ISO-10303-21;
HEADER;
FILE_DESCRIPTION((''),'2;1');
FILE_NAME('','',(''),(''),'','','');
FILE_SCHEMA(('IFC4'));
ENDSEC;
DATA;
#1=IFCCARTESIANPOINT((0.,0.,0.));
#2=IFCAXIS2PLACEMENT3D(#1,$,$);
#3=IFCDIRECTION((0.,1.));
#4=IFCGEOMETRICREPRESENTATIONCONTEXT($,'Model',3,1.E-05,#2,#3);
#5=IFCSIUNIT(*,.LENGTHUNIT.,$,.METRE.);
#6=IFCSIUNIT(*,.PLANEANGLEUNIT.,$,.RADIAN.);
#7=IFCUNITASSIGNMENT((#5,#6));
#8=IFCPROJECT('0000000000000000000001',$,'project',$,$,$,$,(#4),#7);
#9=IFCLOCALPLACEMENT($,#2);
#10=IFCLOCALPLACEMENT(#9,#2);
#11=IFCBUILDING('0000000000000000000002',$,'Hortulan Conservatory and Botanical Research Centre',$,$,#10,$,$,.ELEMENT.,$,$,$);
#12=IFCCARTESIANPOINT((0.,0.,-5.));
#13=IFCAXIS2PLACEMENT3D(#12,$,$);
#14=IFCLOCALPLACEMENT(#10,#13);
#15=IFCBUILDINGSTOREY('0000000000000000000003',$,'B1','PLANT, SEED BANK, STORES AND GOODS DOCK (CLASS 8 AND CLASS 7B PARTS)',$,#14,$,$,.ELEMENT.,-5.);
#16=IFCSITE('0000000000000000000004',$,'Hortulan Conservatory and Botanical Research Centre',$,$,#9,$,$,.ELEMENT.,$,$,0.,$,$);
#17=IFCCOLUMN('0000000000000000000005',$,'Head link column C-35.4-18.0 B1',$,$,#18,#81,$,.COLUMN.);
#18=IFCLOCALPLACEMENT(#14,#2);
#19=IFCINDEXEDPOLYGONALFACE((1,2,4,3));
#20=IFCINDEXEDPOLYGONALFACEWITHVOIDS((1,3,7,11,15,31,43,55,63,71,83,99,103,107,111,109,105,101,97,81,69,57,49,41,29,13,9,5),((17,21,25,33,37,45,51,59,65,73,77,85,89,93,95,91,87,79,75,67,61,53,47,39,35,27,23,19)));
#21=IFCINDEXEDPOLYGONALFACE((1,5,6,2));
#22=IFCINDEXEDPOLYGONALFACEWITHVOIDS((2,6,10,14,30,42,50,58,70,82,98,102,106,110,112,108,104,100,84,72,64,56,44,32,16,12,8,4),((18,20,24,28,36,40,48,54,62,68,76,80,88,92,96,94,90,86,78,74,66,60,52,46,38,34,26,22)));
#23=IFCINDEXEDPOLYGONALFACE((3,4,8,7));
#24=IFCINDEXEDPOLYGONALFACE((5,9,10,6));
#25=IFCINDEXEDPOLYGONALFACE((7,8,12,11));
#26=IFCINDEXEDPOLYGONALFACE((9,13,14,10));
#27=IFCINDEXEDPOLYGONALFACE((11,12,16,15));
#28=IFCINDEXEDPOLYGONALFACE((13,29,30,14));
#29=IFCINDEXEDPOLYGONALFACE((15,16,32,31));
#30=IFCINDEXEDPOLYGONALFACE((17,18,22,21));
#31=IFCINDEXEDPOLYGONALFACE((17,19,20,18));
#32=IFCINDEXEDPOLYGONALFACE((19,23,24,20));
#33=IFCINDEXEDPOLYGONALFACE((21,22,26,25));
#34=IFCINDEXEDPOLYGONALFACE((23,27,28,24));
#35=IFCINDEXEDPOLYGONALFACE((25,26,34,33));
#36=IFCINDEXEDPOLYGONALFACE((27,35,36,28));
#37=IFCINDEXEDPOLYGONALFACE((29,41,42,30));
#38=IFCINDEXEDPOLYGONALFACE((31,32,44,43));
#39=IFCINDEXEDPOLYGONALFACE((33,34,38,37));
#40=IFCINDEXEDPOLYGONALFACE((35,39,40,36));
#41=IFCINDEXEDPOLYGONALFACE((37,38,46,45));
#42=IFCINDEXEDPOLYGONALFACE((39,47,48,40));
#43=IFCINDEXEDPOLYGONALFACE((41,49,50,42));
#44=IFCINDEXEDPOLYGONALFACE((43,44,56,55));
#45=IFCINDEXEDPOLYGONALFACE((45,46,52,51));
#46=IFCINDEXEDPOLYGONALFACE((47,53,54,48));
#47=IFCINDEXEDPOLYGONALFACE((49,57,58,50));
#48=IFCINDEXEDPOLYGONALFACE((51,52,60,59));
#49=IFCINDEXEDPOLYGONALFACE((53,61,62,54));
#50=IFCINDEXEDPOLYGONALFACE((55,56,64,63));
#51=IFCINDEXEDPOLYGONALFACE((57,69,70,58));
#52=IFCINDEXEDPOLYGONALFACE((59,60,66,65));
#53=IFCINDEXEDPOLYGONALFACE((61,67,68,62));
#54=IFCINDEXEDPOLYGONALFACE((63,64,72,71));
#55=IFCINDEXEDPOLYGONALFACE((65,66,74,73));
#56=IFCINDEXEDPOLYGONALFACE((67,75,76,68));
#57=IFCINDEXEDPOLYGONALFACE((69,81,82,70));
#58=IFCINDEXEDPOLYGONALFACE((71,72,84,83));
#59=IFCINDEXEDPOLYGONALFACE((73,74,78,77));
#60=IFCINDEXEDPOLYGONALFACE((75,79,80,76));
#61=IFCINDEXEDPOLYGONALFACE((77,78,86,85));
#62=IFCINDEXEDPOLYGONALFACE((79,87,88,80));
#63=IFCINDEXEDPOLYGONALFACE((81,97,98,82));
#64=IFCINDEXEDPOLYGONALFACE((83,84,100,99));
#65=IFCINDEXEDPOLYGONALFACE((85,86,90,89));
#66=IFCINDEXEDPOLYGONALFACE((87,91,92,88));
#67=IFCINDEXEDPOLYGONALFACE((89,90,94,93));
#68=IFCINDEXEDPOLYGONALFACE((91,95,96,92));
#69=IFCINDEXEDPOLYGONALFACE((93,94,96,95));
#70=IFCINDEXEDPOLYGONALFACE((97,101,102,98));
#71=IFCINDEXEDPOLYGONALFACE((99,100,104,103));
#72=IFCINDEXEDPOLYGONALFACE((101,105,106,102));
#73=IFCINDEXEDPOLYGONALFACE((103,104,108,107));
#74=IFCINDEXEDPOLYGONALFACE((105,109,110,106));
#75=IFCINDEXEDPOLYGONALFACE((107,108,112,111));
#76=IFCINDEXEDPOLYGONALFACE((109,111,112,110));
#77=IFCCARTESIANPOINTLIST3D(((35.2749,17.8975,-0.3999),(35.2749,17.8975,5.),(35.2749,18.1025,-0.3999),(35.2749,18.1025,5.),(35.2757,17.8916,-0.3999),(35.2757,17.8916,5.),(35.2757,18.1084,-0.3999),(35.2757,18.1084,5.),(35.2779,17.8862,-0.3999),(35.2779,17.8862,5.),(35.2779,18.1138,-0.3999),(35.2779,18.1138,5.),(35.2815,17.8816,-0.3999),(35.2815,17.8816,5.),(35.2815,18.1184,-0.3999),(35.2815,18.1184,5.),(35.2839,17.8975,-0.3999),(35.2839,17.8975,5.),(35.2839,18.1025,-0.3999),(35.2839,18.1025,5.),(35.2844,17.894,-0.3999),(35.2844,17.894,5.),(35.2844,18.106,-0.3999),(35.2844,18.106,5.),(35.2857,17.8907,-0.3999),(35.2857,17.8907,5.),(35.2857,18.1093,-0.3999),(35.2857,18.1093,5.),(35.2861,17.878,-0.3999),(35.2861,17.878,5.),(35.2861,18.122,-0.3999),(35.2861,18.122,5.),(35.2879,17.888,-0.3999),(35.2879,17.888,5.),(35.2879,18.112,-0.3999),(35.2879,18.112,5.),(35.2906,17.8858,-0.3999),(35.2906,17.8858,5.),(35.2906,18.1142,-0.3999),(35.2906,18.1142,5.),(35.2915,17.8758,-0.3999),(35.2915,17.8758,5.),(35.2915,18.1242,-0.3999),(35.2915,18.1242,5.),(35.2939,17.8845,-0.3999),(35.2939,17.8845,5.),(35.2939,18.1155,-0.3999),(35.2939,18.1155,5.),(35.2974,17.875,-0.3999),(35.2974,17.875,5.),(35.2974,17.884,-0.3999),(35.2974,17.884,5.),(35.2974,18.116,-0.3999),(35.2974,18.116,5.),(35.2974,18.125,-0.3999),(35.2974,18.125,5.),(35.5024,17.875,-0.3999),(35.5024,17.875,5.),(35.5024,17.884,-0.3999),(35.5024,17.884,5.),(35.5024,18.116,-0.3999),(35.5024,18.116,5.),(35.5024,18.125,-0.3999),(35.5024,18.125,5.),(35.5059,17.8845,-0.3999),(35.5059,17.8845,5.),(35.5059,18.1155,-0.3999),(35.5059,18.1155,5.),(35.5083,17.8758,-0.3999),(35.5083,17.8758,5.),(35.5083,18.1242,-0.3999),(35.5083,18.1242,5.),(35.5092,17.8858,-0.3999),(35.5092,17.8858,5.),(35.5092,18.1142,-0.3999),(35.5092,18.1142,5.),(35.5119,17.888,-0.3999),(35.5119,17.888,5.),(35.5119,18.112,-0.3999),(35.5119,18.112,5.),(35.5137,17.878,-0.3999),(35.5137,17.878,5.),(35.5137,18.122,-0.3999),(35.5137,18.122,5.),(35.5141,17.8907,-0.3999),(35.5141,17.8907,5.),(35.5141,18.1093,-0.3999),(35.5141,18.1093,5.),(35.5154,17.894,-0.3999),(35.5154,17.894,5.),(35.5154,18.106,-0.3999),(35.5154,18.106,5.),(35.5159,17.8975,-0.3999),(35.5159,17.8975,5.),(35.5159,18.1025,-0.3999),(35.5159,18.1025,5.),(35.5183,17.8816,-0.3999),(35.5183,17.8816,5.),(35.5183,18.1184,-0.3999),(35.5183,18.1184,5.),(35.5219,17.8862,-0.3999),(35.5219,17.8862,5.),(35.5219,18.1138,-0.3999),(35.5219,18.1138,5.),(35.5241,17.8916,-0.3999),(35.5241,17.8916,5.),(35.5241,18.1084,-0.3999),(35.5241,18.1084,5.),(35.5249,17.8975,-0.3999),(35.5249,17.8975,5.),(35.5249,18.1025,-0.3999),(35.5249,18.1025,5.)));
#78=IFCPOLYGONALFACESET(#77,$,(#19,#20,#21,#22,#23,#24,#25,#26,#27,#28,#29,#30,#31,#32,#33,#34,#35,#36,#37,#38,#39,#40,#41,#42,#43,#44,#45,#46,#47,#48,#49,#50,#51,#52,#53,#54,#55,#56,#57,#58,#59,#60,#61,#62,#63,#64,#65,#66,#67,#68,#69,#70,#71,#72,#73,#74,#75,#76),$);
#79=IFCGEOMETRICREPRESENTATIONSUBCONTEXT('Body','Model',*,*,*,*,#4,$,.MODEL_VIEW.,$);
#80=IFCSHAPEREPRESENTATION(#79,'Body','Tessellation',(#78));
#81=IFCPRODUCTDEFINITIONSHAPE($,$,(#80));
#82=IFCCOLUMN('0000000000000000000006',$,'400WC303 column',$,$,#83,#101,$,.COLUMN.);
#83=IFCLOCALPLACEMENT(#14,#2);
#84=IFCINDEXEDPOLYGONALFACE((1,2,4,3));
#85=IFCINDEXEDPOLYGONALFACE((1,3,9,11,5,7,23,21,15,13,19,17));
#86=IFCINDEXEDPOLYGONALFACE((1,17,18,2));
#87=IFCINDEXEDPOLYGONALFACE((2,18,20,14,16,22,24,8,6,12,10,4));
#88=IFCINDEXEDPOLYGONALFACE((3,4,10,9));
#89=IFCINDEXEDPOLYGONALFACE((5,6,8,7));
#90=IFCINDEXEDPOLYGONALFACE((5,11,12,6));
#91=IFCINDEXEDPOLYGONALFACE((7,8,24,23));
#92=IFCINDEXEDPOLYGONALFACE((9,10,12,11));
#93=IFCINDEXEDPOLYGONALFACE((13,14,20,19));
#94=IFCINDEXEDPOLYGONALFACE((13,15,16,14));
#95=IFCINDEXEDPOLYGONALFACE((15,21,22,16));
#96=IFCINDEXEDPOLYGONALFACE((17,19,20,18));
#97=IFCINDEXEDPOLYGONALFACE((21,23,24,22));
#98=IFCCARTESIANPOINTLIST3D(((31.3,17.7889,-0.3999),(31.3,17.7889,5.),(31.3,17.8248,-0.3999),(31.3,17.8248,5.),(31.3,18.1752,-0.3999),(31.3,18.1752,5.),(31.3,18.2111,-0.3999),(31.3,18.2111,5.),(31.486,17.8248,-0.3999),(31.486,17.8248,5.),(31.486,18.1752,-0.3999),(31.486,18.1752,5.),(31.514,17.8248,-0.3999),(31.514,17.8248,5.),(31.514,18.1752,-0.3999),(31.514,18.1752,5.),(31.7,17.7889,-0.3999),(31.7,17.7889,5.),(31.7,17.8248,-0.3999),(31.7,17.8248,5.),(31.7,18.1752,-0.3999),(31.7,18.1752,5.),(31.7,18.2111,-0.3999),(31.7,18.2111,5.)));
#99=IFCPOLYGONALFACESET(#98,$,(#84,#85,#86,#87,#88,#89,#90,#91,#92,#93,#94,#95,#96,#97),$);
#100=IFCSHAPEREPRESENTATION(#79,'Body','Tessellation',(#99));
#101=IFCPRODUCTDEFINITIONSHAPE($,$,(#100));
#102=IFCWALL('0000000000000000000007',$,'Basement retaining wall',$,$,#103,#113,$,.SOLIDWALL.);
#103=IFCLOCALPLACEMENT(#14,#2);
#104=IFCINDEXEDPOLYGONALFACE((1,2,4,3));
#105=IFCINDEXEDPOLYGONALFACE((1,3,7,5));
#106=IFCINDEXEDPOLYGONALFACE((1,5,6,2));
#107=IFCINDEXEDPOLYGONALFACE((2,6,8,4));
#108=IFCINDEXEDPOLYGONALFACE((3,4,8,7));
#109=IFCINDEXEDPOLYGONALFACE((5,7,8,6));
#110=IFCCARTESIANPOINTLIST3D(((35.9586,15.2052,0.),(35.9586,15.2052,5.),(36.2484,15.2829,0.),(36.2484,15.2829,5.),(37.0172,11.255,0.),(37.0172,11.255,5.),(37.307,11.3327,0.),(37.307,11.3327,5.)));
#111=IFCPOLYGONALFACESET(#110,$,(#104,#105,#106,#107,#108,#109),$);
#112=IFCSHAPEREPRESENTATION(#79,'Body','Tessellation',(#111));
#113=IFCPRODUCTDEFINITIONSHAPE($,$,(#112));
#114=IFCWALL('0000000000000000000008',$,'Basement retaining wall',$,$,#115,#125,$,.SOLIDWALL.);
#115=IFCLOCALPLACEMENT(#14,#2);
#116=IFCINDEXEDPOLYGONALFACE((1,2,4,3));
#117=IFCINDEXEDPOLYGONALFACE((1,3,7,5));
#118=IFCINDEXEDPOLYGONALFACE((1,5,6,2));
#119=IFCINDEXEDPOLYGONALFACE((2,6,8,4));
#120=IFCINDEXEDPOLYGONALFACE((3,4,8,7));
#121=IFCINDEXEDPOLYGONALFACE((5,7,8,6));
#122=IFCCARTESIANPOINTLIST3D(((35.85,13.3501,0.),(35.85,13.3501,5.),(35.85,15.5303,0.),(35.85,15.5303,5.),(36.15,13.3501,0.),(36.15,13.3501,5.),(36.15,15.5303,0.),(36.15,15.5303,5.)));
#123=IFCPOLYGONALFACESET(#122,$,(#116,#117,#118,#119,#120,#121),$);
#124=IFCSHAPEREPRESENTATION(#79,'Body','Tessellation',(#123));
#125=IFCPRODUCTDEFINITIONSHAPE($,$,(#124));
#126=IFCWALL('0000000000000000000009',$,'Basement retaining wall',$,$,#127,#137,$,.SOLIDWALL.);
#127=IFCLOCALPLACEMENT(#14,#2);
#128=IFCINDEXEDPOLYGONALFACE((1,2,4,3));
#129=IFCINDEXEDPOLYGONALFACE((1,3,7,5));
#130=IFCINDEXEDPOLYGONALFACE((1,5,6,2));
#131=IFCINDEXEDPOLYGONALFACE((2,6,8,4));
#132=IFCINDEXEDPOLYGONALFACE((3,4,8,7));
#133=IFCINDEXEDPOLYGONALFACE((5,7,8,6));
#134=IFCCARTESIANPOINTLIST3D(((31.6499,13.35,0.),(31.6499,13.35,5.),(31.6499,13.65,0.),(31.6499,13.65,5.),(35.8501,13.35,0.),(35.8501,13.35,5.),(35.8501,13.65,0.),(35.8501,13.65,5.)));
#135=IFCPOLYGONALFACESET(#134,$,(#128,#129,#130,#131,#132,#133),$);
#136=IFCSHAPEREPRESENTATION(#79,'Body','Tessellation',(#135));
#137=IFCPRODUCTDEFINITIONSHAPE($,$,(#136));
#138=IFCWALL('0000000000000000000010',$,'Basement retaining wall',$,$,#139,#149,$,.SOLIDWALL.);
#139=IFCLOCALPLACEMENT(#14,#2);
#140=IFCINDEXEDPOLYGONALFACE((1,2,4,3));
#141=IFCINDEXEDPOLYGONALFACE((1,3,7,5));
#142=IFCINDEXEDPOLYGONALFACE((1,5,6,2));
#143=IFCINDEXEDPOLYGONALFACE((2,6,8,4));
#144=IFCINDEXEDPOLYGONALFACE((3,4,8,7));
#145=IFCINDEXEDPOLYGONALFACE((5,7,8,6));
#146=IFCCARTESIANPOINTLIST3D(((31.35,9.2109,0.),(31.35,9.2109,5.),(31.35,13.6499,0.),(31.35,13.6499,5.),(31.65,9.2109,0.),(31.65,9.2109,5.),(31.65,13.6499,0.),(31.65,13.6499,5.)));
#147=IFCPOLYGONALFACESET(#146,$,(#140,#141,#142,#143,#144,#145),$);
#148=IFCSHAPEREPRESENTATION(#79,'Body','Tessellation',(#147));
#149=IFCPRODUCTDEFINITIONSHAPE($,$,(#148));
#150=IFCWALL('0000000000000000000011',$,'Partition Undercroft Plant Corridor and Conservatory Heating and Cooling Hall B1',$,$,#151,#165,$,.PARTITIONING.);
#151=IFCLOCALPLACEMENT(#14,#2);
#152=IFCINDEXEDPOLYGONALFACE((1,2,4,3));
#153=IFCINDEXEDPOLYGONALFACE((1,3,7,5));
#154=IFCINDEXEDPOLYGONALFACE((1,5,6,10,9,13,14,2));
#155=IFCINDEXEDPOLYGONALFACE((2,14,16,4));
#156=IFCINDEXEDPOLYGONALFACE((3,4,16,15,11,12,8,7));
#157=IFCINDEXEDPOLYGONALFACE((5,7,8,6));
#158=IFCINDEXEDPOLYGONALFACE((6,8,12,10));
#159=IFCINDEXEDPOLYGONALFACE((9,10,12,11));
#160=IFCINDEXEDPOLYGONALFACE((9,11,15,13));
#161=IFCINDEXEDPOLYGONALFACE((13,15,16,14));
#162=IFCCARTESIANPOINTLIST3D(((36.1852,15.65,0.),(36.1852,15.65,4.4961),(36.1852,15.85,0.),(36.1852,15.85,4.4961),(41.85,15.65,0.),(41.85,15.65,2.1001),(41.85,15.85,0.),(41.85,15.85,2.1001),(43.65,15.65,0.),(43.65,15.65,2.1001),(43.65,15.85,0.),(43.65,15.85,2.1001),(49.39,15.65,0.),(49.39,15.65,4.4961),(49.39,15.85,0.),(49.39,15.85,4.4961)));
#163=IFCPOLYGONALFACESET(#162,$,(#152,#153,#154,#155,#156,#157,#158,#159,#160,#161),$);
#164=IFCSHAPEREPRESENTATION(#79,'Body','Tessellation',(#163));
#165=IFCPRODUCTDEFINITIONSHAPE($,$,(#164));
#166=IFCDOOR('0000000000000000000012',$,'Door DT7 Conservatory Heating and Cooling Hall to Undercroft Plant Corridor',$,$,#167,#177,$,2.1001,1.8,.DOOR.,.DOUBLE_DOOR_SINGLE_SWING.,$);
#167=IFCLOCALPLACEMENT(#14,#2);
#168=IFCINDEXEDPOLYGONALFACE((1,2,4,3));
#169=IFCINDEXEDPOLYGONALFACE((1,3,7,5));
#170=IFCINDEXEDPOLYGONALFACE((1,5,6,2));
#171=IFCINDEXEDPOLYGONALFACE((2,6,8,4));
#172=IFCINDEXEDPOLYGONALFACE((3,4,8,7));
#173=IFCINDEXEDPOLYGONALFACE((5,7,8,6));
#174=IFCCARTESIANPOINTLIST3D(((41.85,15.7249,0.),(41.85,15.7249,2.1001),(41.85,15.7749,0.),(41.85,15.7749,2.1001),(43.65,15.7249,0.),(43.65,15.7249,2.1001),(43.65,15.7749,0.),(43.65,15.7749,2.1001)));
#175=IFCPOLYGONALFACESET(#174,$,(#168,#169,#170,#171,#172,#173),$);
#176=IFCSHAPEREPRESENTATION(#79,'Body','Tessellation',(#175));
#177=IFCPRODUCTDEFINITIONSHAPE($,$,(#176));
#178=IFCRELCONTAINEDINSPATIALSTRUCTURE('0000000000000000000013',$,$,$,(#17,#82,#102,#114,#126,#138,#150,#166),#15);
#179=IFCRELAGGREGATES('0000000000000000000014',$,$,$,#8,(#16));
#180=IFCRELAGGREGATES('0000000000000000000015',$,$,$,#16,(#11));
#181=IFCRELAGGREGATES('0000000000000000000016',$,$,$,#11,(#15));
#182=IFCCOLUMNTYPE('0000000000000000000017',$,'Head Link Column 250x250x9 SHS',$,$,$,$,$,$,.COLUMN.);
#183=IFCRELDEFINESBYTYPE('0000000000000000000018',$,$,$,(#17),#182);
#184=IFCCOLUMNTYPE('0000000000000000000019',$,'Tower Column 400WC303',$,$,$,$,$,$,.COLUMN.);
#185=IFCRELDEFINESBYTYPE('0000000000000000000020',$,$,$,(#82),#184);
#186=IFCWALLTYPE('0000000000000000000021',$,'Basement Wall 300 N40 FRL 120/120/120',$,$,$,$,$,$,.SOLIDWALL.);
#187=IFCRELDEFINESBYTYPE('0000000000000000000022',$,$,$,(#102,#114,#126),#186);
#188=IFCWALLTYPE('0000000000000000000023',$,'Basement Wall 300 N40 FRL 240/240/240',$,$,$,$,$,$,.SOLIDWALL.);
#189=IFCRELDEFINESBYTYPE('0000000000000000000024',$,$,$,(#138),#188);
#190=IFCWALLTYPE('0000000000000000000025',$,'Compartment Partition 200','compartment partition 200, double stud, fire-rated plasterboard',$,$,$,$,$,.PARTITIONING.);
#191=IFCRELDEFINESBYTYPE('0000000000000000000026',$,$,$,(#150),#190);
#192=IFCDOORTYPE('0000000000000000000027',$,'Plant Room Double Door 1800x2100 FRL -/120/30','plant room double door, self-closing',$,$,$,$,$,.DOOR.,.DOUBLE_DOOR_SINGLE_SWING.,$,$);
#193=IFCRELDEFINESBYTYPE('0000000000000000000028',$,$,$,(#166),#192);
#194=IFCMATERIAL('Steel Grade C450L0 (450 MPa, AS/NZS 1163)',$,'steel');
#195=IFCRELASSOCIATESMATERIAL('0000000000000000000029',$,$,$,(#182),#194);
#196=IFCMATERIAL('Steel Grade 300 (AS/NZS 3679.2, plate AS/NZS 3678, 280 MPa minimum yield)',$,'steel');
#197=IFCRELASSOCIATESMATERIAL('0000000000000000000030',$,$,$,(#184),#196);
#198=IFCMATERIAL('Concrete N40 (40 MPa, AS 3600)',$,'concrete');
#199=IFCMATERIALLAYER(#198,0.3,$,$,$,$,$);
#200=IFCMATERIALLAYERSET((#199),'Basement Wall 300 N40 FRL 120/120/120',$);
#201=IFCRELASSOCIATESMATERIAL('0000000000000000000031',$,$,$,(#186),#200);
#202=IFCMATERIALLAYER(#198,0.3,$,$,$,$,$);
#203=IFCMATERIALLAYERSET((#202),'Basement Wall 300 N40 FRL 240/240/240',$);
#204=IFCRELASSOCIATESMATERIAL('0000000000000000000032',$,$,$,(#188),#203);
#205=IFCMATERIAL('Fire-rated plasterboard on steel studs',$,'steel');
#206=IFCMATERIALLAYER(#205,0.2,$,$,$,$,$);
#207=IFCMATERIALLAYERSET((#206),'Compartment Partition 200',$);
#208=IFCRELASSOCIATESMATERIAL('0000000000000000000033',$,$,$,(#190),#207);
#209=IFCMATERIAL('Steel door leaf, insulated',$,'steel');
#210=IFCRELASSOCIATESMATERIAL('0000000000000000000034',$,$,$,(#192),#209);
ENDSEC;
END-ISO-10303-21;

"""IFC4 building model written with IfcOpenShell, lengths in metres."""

from ifc_helpers import new_model, si_unit, direction, frame, frame_2d, origin, origin_2d, place, context, subcontext, project, spatial, rectangle, hollow_rectangle, i_section, extrude, material, layer, layer_set, material_profile, profile_set, type_object, element, fill, save


model = new_model("IFC4")

# Units and contexts
model_context = context("Model", 3, precision=1e-05, world=origin(), true_north=direction((0.0, 1.0)))
body_context = subcontext(model_context, "Body", "Model", "MODEL_VIEW")
ifc_project = project(units=[si_unit("LENGTHUNIT", "METRE"), si_unit("PLANEANGLEUNIT", "RADIAN")], contexts=[model_context])

# Site, building, storey
site_placement = place(None, origin())
site = spatial("IfcSite", under=ifc_project, at=site_placement, Name="Hortulan Conservatory and Botanical Research Centre", CompositionType="ELEMENT", RefElevation=0.0)
building_placement = place(site_placement, origin())
building = spatial("IfcBuilding", under=site, at=building_placement, Name="Hortulan Conservatory and Botanical Research Centre", CompositionType="ELEMENT")
storey_placement = place(building_placement, frame((0.0, 0.0, -5.0)))
storey = spatial("IfcBuildingStorey", under=building, at=storey_placement, Name="B1", Description="PLANT, SEED BANK, STORES AND GOODS DOCK (CLASS 8 AND CLASS 7B PARTS)", CompositionType="ELEMENT", Elevation=-5.0)

# Shared definitions
ifc_material_1 = material(Name="Concrete N40 (40 MPa, AS 3600)", Category="concrete")

# Columns
ifc_material_2 = material(Name="Steel Grade C450L0 (450 MPa, AS/NZS 1163)", Category="steel")
ifc_material_profile_1 = material_profile(ifc_material_2, hollow_rectangle(XDim=0.25, YDim=0.25, WallThickness=0.009, InnerFilletRadius=0.0134, OuterFilletRadius=0.0225, at=origin_2d()), Name="250x250x9SHS")
ifc_profile_set_1 = profile_set([ifc_material_profile_1], Name="Steel Grade C450L0 (450 MPa, AS/NZS 1163)")
column_type_1 = type_object("IfcColumnType", Name="Head Link Column 250x250x9 SHS", PredefinedType="COLUMN", material=ifc_profile_set_1)
column_1_placement = place(storey_placement, frame((35.3999, 18.0, -0.3999), z_axis=(0.0, 0.0, 1.0), x_axis=(1.0, 0.0, 0.0)))
element("IfcColumn", 1, at=column_1_placement, inside=storey, type_object=column_type_1, Name="Head link column C-35.4-18.0 B1", PredefinedType="COLUMN", context=body_context, shape_type="SweptSolid", body=[
    extrude(hollow_rectangle(XDim=0.25, YDim=0.25, WallThickness=0.009, InnerFilletRadius=0.0134, OuterFilletRadius=0.0225, at=origin_2d()), origin(), (0.0, 0.0, 1.0), 5.3999),
])
ifc_material_3 = material(Name="Steel Grade 300 (AS/NZS 3679.2, plate AS/NZS 3678, 280 MPa minimum yield)", Category="steel")
ifc_material_profile_2 = material_profile(ifc_material_3, i_section(OverallWidth=0.3999, OverallDepth=0.4221, WebThickness=0.0281, FlangeThickness=0.0359, at=origin_2d()), Name="400WC303")
ifc_profile_set_2 = profile_set([ifc_material_profile_2], Name="Steel Grade 300 (AS/NZS 3679.2, plate AS/NZS 3678, 280 MPa minimum yield)")
column_type_2 = type_object("IfcColumnType", Name="Tower Column 400WC303", PredefinedType="COLUMN", material=ifc_profile_set_2)
column_2_placement = place(storey_placement, frame((31.5, 18.0, -0.3999), z_axis=(0.0, 0.0, 1.0), x_axis=(1.0, 0.0, 0.0)))
element("IfcColumn", 2, at=column_2_placement, inside=storey, type_object=column_type_2, Name="400WC303 column", PredefinedType="COLUMN", context=body_context, shape_type="SweptSolid", body=[
    extrude(i_section(OverallWidth=0.3999, OverallDepth=0.4221, WebThickness=0.0281, FlangeThickness=0.0359, at=origin_2d()), origin(), (0.0, 0.0, 1.0), 5.3999),
])

# Walls
ifc_layer_1 = layer(ifc_material_1, 0.3)
ifc_layer_set_1 = layer_set([ifc_layer_1], Name="Basement Wall 300 N40 FRL 120/120/120")
wall_type_1 = type_object("IfcWallType", Name="Basement Wall 300 N40 FRL 120/120/120", PredefinedType="SOLIDWALL", material=ifc_layer_set_1)
wall_1_placement = place(storey_placement, frame((37.1621, 11.2937, 0.0), z_axis=(0.0, 0.0, 1.0), x_axis=(-0.258851, 0.965917, 0.0)))
element("IfcWall", 3, at=wall_1_placement, inside=storey, type_object=wall_type_1, Name="Basement retaining wall", PredefinedType="SOLIDWALL", context=body_context, shape_type="SweptSolid", body=[
    extrude(rectangle(XDim=4.0896, YDim=0.3, at=frame_2d((2.0449, 0.0))), origin(), (0.0, 0.0, 1.0), 5.0),
])
wall_2_placement = place(storey_placement, frame((36.0, 15.5303, 0.0), z_axis=(0.0, 0.0, 1.0), x_axis=(0.0, -1.0, 0.0)))
element("IfcWall", 4, at=wall_2_placement, inside=storey, type_object=wall_type_1, Name="Basement retaining wall", PredefinedType="SOLIDWALL", context=body_context, shape_type="SweptSolid", body=[
    extrude(rectangle(XDim=2.1802, YDim=0.3, at=frame_2d((1.0901, 0.0))), origin(), (0.0, 0.0, 1.0), 5.0),
])
wall_3_placement = place(storey_placement, frame((35.8501, 13.5, 0.0), z_axis=(0.0, 0.0, 1.0), x_axis=(-1.0, 0.0, 0.0)))
element("IfcWall", 5, at=wall_3_placement, inside=storey, type_object=wall_type_1, Name="Basement retaining wall", PredefinedType="SOLIDWALL", context=body_context, shape_type="SweptSolid", body=[
    extrude(rectangle(XDim=4.2002, YDim=0.3, at=frame_2d((2.1001, 0.0))), origin(), (0.0, 0.0, 1.0), 5.0),
])
ifc_layer_2 = layer(ifc_material_1, 0.3)
ifc_layer_set_2 = layer_set([ifc_layer_2], Name="Basement Wall 300 N40 FRL 240/240/240")
wall_type_2 = type_object("IfcWallType", Name="Basement Wall 300 N40 FRL 240/240/240", PredefinedType="SOLIDWALL", material=ifc_layer_set_2)
wall_4_placement = place(storey_placement, frame((31.5, 13.6499, 0.0), z_axis=(0.0, 0.0, 1.0), x_axis=(0.0, -1.0, 0.0)))
element("IfcWall", 6, at=wall_4_placement, inside=storey, type_object=wall_type_2, Name="Basement retaining wall", PredefinedType="SOLIDWALL", context=body_context, shape_type="SweptSolid", body=[
    extrude(rectangle(XDim=4.439, YDim=0.3, at=frame_2d((2.2195, 0.0))), origin(), (0.0, 0.0, 1.0), 5.0),
])

# Wall, opening, door
ifc_material_4 = material(Name="Fire-rated plasterboard on steel studs", Category="steel")
ifc_layer_3 = layer(ifc_material_4, 0.2)
ifc_layer_set_3 = layer_set([ifc_layer_3], Name="Compartment Partition 200")
wall_type_3 = type_object("IfcWallType", Name="Compartment Partition 200", Description="compartment partition 200, double stud, fire-rated plasterboard", PredefinedType="PARTITIONING", material=ifc_layer_set_3)
wall_5_placement = place(storey_placement, frame((36.1851, 15.75, 0.0), z_axis=(0.0, 0.0, 1.0), x_axis=(1.0, 0.0, 0.0)))
wall_5 = element("IfcWall", 7, at=wall_5_placement, inside=storey, type_object=wall_type_3, Name="Partition Undercroft Plant Corridor and Conservatory Heating and Cooling Hall B1", PredefinedType="PARTITIONING", context=body_context, shape_type="SweptSolid", body=[
    extrude(rectangle(XDim=13.2048, YDim=0.2, at=frame_2d((6.6025, 0.0))), origin(), (0.0, 0.0, 1.0), 4.4961),
])
opening_placement = place(wall_5_placement, frame((5.665, 0.0, 0.0)))
opening = element("IfcOpeningElement", 8, at=opening_placement, cuts=wall_5, PredefinedType="OPENING", context=body_context, shape_type="SweptSolid", body=[
    extrude(rectangle(XDim=1.8, YDim=2.1001, at=frame_2d((0.8999, 1.05))), frame((0.0, 0.1099, 0.0), z_axis=(0.0, -1.0, 0.0), x_axis=(1.0, 0.0, 0.0)), (0.0, 0.0, 1.0), 0.22),
])
ifc_material_5 = material(Name="Steel door leaf, insulated", Category="steel")
door_type = type_object("IfcDoorType", Name="Plant Room Double Door 1800x2100 FRL -/120/30", Description="plant room double door, self-closing", OperationType="DOUBLE_DOOR_SINGLE_SWING", PredefinedType="DOOR", material=ifc_material_5)
door_placement = place(opening_placement, origin())
door = element("IfcDoor", 9, at=door_placement, inside=storey, type_object=door_type, Name="Door DT7 Conservatory Heating and Cooling Hall to Undercroft Plant Corridor", OperationType="DOUBLE_DOOR_SINGLE_SWING", OverallHeight=2.1001, OverallWidth=1.8, PredefinedType="DOOR", context=body_context, shape_type="SweptSolid", body=[
    extrude(rectangle(XDim=1.8, YDim=2.1001, at=frame_2d((0.8999, 1.05))), frame((0.0, 0.0249, 0.0), z_axis=(0.0, -1.0, 0.0), x_axis=(1.0, 0.0, 0.0)), (0.0, 0.0, 1.0), 0.05),
])
fill(opening, door)

save(model, "model.ifc")
